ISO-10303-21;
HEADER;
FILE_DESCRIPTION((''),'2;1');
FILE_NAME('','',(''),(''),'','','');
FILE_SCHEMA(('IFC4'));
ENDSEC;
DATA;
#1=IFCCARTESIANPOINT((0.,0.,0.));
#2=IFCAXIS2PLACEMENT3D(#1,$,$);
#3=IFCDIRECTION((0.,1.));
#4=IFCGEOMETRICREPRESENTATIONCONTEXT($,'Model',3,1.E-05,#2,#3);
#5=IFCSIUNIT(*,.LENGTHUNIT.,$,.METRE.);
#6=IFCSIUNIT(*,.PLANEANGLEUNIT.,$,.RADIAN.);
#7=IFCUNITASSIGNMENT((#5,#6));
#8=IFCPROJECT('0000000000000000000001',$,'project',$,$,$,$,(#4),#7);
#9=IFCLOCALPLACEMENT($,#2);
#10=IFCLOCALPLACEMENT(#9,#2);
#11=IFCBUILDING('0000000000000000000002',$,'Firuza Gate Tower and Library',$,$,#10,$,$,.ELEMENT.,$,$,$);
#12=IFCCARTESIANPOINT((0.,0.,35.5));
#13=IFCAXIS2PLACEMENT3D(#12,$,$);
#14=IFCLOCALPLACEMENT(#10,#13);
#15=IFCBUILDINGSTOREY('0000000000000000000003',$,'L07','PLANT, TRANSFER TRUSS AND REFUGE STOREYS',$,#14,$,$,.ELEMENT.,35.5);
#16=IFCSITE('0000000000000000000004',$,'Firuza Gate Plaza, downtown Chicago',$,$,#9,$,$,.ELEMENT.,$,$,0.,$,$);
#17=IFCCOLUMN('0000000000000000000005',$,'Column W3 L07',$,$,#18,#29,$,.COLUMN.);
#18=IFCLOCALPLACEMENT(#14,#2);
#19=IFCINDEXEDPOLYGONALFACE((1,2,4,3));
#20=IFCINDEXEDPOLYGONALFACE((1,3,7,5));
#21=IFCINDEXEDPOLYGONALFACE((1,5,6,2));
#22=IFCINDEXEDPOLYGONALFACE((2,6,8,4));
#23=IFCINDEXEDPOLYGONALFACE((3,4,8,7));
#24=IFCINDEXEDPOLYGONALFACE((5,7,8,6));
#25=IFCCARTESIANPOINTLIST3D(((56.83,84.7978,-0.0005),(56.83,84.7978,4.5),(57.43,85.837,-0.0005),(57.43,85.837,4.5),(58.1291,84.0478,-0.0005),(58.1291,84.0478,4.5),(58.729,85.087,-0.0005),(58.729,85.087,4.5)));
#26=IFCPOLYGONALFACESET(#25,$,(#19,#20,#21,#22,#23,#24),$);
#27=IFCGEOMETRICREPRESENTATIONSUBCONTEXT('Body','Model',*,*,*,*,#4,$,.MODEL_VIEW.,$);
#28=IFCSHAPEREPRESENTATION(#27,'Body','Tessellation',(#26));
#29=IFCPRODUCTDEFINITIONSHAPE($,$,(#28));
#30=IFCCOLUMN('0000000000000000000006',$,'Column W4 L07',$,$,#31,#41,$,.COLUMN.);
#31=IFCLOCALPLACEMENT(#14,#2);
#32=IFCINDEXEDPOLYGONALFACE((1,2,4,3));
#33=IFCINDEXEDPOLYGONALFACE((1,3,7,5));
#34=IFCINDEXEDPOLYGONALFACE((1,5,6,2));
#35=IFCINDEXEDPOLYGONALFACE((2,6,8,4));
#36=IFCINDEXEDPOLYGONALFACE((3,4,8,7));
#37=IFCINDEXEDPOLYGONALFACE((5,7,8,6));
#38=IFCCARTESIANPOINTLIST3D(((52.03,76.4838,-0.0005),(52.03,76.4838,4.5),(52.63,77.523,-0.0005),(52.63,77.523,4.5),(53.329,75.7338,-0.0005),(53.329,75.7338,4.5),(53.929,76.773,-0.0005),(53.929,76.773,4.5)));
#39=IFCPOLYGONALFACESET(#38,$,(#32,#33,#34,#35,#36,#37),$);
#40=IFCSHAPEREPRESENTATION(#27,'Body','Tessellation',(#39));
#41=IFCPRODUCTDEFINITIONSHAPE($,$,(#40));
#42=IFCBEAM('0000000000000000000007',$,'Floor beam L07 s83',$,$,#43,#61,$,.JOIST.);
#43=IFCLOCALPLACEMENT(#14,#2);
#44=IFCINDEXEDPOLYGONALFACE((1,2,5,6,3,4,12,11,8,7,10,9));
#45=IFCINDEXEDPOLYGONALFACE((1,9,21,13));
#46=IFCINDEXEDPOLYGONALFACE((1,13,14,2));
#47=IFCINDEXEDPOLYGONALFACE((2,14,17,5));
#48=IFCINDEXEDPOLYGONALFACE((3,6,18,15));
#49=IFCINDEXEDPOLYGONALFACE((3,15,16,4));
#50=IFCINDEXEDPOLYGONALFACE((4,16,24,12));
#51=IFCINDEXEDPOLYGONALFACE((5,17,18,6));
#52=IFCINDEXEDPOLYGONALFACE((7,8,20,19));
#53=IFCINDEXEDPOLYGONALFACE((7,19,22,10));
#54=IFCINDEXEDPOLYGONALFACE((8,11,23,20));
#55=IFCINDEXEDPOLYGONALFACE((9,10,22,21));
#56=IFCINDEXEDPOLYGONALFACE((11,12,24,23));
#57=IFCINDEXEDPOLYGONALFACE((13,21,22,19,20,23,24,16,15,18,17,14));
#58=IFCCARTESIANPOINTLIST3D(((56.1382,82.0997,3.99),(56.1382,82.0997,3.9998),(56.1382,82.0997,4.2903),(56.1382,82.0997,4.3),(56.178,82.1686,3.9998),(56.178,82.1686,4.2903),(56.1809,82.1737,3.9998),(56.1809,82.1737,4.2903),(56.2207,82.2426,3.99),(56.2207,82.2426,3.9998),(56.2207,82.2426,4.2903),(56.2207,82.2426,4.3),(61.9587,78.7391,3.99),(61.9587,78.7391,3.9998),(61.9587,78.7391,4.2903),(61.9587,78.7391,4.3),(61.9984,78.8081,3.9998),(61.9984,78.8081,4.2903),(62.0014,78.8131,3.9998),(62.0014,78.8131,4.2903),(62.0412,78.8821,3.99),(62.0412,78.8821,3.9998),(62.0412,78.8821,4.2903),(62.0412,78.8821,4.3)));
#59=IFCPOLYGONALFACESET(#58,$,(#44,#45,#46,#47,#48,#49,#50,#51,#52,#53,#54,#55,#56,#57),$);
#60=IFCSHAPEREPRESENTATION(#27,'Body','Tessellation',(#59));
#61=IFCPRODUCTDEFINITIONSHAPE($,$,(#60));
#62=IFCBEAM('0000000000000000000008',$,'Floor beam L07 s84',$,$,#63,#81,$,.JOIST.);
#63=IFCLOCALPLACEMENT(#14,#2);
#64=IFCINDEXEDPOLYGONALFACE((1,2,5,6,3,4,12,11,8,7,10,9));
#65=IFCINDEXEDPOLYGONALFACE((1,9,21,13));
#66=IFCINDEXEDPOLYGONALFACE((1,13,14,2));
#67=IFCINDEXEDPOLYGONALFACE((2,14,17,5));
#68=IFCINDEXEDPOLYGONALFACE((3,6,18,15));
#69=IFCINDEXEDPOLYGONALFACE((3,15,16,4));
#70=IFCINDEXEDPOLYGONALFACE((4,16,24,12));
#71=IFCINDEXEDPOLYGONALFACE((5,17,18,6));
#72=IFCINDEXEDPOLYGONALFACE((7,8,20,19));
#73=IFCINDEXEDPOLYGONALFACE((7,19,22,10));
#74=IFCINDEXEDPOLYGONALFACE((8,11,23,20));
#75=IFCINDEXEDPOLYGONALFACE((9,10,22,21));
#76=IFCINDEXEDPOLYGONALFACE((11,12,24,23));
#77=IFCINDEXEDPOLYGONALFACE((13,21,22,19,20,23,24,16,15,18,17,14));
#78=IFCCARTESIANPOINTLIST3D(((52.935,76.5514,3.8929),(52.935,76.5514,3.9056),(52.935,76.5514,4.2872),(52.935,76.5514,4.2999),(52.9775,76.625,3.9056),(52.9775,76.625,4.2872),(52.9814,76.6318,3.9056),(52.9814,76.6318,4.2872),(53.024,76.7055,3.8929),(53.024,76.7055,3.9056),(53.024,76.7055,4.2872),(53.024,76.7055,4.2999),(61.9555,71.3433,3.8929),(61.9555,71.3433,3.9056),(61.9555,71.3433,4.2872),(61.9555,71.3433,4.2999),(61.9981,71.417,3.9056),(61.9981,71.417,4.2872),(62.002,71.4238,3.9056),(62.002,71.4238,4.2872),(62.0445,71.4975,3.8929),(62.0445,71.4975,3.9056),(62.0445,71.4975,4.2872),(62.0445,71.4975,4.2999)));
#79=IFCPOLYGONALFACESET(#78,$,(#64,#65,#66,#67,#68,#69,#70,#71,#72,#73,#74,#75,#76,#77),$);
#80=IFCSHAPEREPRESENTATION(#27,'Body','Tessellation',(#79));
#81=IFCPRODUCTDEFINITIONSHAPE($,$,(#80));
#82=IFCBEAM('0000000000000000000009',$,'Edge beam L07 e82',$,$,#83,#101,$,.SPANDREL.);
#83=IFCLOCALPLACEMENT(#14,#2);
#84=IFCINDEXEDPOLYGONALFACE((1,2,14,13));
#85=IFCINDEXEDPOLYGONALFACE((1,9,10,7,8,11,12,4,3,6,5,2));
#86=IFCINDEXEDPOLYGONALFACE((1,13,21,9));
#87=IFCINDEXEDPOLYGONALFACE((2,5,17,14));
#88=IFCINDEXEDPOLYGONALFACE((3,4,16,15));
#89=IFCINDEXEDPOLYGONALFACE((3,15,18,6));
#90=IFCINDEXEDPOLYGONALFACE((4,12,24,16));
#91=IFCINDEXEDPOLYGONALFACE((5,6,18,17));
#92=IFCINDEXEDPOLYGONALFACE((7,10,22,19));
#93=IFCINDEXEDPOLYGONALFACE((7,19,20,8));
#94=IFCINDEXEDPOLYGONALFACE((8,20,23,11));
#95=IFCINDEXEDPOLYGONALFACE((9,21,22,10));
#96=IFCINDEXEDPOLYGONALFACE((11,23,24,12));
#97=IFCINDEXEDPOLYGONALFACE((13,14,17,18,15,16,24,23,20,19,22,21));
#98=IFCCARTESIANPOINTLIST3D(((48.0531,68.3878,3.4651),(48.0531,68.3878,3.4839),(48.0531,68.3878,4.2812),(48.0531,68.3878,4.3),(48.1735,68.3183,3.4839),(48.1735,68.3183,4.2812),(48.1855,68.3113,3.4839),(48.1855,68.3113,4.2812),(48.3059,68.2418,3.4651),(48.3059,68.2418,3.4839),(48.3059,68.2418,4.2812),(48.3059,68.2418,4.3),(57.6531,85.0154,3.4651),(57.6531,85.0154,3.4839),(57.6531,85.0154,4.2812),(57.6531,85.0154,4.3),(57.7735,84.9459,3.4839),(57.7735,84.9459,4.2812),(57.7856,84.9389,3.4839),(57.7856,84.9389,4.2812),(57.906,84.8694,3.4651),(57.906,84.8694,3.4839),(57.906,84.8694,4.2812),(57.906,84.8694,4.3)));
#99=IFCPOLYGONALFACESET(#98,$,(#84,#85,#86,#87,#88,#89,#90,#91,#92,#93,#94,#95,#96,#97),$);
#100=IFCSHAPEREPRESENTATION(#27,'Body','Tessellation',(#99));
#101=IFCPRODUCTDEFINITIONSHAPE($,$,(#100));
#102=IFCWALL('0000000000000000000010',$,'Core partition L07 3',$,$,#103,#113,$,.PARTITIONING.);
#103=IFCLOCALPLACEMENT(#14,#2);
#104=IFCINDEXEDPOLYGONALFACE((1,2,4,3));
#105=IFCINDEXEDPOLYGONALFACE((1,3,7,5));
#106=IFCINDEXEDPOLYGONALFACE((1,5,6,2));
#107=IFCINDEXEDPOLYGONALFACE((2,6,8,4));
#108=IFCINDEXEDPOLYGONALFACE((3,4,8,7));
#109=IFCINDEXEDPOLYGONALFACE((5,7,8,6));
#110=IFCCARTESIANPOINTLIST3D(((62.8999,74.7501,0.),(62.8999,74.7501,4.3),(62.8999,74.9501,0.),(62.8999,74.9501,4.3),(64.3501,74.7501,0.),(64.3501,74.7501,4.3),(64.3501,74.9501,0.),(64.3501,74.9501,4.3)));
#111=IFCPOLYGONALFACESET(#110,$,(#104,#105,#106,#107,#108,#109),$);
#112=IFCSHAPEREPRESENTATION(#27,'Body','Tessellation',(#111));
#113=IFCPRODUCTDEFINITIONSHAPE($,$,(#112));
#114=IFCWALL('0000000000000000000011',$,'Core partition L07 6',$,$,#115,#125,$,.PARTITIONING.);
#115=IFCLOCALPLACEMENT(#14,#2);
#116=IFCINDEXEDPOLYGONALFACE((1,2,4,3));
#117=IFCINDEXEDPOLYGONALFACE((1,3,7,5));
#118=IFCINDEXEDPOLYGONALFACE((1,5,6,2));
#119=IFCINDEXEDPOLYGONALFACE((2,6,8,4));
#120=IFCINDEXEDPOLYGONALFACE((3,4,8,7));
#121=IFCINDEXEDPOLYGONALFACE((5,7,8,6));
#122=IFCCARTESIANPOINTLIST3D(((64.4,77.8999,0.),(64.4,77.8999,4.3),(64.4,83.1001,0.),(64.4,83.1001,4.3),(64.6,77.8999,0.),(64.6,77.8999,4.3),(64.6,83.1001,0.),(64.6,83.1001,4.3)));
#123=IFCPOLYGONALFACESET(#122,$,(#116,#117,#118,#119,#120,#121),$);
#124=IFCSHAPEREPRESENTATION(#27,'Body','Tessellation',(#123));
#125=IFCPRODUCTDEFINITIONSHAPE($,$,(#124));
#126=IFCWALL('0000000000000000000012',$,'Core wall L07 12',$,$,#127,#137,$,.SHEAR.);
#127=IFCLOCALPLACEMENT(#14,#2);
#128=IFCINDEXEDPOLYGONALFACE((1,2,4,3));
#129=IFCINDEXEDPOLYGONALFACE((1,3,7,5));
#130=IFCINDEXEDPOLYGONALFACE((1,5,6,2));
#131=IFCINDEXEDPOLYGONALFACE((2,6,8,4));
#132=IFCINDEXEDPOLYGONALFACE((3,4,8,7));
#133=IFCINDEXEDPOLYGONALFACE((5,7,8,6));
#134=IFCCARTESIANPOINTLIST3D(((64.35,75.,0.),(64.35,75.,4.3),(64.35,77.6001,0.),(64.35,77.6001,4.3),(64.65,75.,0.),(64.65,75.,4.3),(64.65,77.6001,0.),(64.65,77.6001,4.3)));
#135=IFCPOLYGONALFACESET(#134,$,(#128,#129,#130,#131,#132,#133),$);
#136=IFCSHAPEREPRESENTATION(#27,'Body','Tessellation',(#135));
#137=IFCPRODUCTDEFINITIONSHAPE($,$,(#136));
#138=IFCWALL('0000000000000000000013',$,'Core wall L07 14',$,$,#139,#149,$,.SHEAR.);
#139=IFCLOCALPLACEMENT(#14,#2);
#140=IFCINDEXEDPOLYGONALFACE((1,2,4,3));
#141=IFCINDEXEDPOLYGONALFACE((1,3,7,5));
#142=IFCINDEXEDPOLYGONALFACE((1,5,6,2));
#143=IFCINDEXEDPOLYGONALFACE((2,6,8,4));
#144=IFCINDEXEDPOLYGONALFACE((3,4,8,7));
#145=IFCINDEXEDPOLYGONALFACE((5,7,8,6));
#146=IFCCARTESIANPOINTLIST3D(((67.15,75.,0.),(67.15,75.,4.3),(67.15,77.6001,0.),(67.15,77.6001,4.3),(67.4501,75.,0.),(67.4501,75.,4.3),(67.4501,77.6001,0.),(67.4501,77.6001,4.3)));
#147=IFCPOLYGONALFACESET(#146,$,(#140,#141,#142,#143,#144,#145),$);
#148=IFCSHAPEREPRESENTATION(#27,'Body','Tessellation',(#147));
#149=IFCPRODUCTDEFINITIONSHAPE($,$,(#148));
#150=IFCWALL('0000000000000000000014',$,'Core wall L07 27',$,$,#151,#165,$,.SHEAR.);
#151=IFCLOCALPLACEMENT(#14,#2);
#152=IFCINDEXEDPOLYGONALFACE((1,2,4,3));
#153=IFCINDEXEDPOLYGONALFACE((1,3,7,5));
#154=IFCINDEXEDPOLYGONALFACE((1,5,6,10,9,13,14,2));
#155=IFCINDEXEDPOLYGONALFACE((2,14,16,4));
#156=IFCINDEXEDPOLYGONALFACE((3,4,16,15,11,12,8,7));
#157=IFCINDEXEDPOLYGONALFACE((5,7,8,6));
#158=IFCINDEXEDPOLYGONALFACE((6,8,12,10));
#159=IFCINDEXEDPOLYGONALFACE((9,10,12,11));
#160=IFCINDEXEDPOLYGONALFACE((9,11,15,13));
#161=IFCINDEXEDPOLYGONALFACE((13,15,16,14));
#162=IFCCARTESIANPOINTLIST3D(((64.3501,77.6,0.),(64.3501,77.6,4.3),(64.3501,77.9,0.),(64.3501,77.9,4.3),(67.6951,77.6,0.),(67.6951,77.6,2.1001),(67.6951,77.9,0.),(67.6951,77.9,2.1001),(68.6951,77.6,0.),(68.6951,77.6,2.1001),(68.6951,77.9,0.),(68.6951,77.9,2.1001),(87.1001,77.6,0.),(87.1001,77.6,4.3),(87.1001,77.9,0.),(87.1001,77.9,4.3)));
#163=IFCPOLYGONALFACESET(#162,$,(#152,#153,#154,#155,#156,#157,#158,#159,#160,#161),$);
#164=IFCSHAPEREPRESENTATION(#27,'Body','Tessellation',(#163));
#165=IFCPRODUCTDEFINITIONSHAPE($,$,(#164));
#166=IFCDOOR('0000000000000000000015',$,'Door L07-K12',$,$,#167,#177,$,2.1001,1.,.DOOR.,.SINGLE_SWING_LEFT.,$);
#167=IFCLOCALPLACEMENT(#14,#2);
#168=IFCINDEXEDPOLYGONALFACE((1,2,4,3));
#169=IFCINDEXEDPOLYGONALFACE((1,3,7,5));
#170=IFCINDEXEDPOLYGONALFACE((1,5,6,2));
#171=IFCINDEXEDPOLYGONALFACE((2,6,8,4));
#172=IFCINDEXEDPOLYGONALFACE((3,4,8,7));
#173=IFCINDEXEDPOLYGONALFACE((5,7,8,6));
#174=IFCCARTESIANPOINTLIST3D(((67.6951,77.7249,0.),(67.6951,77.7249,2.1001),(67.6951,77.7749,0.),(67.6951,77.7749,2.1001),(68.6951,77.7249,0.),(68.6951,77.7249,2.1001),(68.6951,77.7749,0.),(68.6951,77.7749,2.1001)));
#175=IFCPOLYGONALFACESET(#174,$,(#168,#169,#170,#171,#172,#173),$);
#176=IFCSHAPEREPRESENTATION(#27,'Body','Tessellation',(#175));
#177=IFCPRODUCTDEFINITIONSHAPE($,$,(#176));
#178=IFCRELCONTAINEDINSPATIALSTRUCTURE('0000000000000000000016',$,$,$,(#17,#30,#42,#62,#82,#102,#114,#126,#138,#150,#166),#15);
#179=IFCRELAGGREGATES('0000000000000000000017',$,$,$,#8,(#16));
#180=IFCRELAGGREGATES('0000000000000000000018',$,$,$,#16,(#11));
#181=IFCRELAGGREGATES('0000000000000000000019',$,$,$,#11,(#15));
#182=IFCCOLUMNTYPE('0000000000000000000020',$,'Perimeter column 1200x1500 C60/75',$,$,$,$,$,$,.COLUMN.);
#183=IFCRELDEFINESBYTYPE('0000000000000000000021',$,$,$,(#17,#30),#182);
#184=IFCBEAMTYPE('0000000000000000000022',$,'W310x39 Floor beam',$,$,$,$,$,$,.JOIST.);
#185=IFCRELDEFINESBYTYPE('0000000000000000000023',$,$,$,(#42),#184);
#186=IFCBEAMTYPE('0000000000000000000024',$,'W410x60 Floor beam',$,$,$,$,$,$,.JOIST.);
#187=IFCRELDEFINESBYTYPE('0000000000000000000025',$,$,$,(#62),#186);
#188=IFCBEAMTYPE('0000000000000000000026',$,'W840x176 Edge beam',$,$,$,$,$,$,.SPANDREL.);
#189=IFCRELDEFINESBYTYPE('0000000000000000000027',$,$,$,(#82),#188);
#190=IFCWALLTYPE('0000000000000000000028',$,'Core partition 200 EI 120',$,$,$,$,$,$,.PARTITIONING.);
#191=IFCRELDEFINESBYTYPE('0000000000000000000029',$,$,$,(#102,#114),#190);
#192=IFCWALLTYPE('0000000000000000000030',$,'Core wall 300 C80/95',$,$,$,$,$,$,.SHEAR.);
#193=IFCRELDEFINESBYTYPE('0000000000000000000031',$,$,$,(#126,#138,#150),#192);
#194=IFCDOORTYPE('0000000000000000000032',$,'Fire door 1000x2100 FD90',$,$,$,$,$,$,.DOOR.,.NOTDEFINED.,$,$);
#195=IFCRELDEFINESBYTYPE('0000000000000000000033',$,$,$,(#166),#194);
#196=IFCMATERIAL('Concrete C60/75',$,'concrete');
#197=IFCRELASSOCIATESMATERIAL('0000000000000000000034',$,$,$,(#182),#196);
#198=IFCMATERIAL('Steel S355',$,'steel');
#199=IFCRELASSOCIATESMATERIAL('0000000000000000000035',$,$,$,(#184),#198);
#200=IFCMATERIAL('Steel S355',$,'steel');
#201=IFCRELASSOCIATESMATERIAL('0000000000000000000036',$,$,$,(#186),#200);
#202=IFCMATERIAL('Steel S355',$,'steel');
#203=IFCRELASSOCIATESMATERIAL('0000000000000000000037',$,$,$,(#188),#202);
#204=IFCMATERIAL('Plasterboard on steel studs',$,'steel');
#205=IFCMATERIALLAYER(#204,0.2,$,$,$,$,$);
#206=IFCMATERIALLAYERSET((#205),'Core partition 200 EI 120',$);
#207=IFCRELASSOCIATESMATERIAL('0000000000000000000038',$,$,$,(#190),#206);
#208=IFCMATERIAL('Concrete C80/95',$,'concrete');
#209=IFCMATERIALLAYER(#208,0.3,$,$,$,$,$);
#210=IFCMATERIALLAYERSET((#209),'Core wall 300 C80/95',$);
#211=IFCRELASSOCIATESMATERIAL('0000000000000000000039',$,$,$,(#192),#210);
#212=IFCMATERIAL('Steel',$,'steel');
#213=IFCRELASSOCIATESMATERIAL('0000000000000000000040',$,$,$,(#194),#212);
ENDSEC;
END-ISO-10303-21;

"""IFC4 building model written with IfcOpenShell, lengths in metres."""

from ifc_helpers import new_model, si_unit, direction, frame, frame_2d, origin, origin_2d, place, context, subcontext, project, spatial, rectangle, i_section, extrude, material, layer, layer_set, material_profile, profile_set, type_object, element, fill, save


model = new_model("IFC4")

# Units and contexts
model_context = context("Model", 3, precision=1e-05, world=origin(), true_north=direction((0.0, 1.0)))
body_context = subcontext(model_context, "Body", "Model", "MODEL_VIEW")
ifc_project = project(units=[si_unit("LENGTHUNIT", "METRE"), si_unit("PLANEANGLEUNIT", "RADIAN")], contexts=[model_context])

# Site, building, storey
site_placement = place(None, origin())
site = spatial("IfcSite", under=ifc_project, at=site_placement, Name="Firuza Gate Plaza, downtown Chicago", CompositionType="ELEMENT", RefElevation=0.0)
building_placement = place(site_placement, origin())
building = spatial("IfcBuilding", under=site, at=building_placement, Name="Firuza Gate Tower and Library", CompositionType="ELEMENT")
storey_placement = place(building_placement, frame((0.0, 0.0, 35.5)))
storey = spatial("IfcBuildingStorey", under=building, at=storey_placement, Name="L07", Description="PLANT, TRANSFER TRUSS AND REFUGE STOREYS", CompositionType="ELEMENT", Elevation=35.5)

# Columns
ifc_material_1 = material(Name="Concrete C60/75", Category="concrete")
ifc_material_profile_1 = material_profile(ifc_material_1, rectangle(XDim=1.2, YDim=1.5, at=origin_2d()))
ifc_profile_set_1 = profile_set([ifc_material_profile_1], Name="Concrete C60/75")
column_type = type_object("IfcColumnType", Name="Perimeter column 1200x1500 C60/75", PredefinedType="COLUMN", material=ifc_profile_set_1)
for number, where, z_axis, x_axis, name in (
    (1, (57.7795, 84.9424, -0.0005), (0.0, 0.0, 1.0), (-0.5, -0.866025, 0.0), "Column W3 L07"),
    (2, (52.9795, 76.6284, -0.0005), (0.0, 0.0, 1.0), (-0.5, -0.866025, 0.0), "Column W4 L07"),
):
    element("IfcColumn", number, at=place(storey_placement, frame(where, z_axis=z_axis, x_axis=x_axis)), inside=storey, type_object=column_type, Name=name, PredefinedType="COLUMN", context=body_context, shape_type="SweptSolid", body=[
        extrude(rectangle(XDim=1.2, YDim=1.5, at=origin_2d()), origin(), (0.0, 0.0, 1.0), 4.5005),
    ])

# Beams
ifc_material_2 = material(Name="Steel S355", Category="steel")
ifc_material_profile_2 = material_profile(ifc_material_2, i_section(OverallWidth=0.165, OverallDepth=0.3101, WebThickness=0.0059, FlangeThickness=0.0098, at=origin_2d()))
ifc_profile_set_2 = profile_set([ifc_material_profile_2], Name="Steel S355")
beam_type_1 = type_object("IfcBeamType", Name="W310x39 Floor beam", PredefinedType="JOIST", material=ifc_profile_set_2)
beam_1_placement = place(storey_placement, frame((56.1794, 82.1711, 4.145), z_axis=(0.866019, -0.500011, 0.0), x_axis=(0.500011, 0.866019, 0.0)))
element("IfcBeam", 3, at=beam_1_placement, inside=storey, type_object=beam_type_1, Name="Floor beam L07 s83", PredefinedType="JOIST", context=body_context, shape_type="SweptSolid", body=[
    extrude(i_section(OverallWidth=0.165, OverallDepth=0.3101, WebThickness=0.0059, FlangeThickness=0.0098, at=origin_2d()), origin(), (0.0, 0.0, 1.0), 6.7209),
])
ifc_material_3 = material(Name="Steel S355", Category="steel")
ifc_material_profile_3 = material_profile(ifc_material_3, i_section(OverallWidth=0.178, OverallDepth=0.407, WebThickness=0.0078, FlangeThickness=0.0127, at=origin_2d()))
ifc_profile_set_3 = profile_set([ifc_material_profile_3], Name="Steel S355")
beam_type_2 = type_object("IfcBeamType", Name="W410x60 Floor beam", PredefinedType="JOIST", material=ifc_profile_set_3)
beam_2_placement = place(storey_placement, frame((52.9795, 76.6284, 4.0964), z_axis=(0.866025, -0.500001, 0.0), x_axis=(0.500001, 0.866025, 0.0)))
element("IfcBeam", 4, at=beam_2_placement, inside=storey, type_object=beam_type_2, Name="Floor beam L07 s84", PredefinedType="JOIST", context=body_context, shape_type="SweptSolid", body=[
    extrude(i_section(OverallWidth=0.178, OverallDepth=0.407, WebThickness=0.0078, FlangeThickness=0.0127, at=origin_2d()), origin(), (0.0, 0.0, 1.0), 10.416),
])
ifc_material_4 = material(Name="Steel S355", Category="steel")
ifc_material_profile_4 = material_profile(ifc_material_4, i_section(OverallWidth=0.292, OverallDepth=0.835, WebThickness=0.0139, FlangeThickness=0.0188, at=origin_2d()))
ifc_profile_set_4 = profile_set([ifc_material_profile_4], Name="Steel S355")
beam_type_3 = type_object("IfcBeamType", Name="W840x176 Edge beam", PredefinedType="SPANDREL", material=ifc_profile_set_4)
beam_3_placement = place(storey_placement, frame((57.7795, 84.9424, 3.8826), z_axis=(-0.500004, -0.866023, 0.0), x_axis=(0.866023, -0.500004, 0.0)))
element("IfcBeam", 5, at=beam_3_placement, inside=storey, type_object=beam_type_3, Name="Edge beam L07 e82", PredefinedType="SPANDREL", context=body_context, shape_type="SweptSolid", body=[
    extrude(i_section(OverallWidth=0.292, OverallDepth=0.835, WebThickness=0.0139, FlangeThickness=0.0188, at=origin_2d()), origin(), (0.0, 0.0, 1.0), 19.2),
])

# Walls
ifc_material_5 = material(Name="Plasterboard on steel studs", Category="steel")
ifc_layer_1 = layer(ifc_material_5, 0.2)
ifc_layer_set_1 = layer_set([ifc_layer_1], Name="Core partition 200 EI 120")
wall_type_1 = type_object("IfcWallType", Name="Core partition 200 EI 120", PredefinedType="PARTITIONING", material=ifc_layer_set_1)
wall_1_placement = place(storey_placement, frame((62.8999, 74.8501, 0.0), z_axis=(0.0, 0.0, 1.0), x_axis=(1.0, 0.0, 0.0)))
element("IfcWall", 6, at=wall_1_placement, inside=storey, type_object=wall_type_1, Name="Core partition L07 3", PredefinedType="PARTITIONING", context=body_context, shape_type="SweptSolid", body=[
    extrude(rectangle(XDim=1.4502, YDim=0.2, at=frame_2d((0.7251, 0.0))), origin(), (0.0, 0.0, 1.0), 4.3),
])
wall_2_placement = place(storey_placement, frame((64.5, 77.8999, 0.0), z_axis=(0.0, 0.0, 1.0), x_axis=(0.0, 1.0, 0.0)))
element("IfcWall", 7, at=wall_2_placement, inside=storey, type_object=wall_type_1, Name="Core partition L07 6", PredefinedType="PARTITIONING", context=body_context, shape_type="SweptSolid", body=[
    extrude(rectangle(XDim=5.2002, YDim=0.2, at=frame_2d((2.6001, 0.0))), origin(), (0.0, 0.0, 1.0), 4.3),
])
ifc_material_6 = material(Name="Concrete C80/95", Category="concrete")
ifc_layer_2 = layer(ifc_material_6, 0.3)
ifc_layer_set_2 = layer_set([ifc_layer_2], Name="Core wall 300 C80/95")
wall_type_2 = type_object("IfcWallType", Name="Core wall 300 C80/95", PredefinedType="SHEAR", material=ifc_layer_set_2)
for number, where, z_axis, x_axis, name in (
    (8, (64.5, 75.0, 0.0), (0.0, 0.0, 1.0), (0.0, 1.0, 0.0), "Core wall L07 12"),
    (9, (67.3, 75.0, 0.0), (0.0, 0.0, 1.0), (0.0, 1.0, 0.0), "Core wall L07 14"),
):
    element("IfcWall", number, at=place(storey_placement, frame(where, z_axis=z_axis, x_axis=x_axis)), inside=storey, type_object=wall_type_2, Name=name, PredefinedType="SHEAR", context=body_context, shape_type="SweptSolid", body=[
        extrude(rectangle(XDim=2.6001, YDim=0.3, at=frame_2d((1.3, 0.0))), origin(), (0.0, 0.0, 1.0), 4.3),
    ])

# Wall, opening, door
wall_3_placement = place(storey_placement, frame((64.3501, 77.75, 0.0), z_axis=(0.0, 0.0, 1.0), x_axis=(1.0, 0.0, 0.0)))
wall_3 = element("IfcWall", 10, at=wall_3_placement, inside=storey, type_object=wall_type_2, Name="Core wall L07 27", PredefinedType="SHEAR", context=body_context, shape_type="SweptSolid", body=[
    extrude(rectangle(XDim=22.75, YDim=0.3, at=frame_2d((11.375, 0.0))), origin(), (0.0, 0.0, 1.0), 4.3),
])
opening_1_placement = place(wall_3_placement, frame((3.345, 0.0, 0.0)))
opening_1 = element("IfcOpeningElement", 11, at=opening_1_placement, cuts=wall_3, PredefinedType="OPENING", context=body_context, shape_type="SweptSolid", body=[
    extrude(rectangle(XDim=1.0, YDim=2.1001, at=frame_2d((0.5, 1.05))), frame((0.0, 0.1602, 0.0), z_axis=(0.0, -1.0, 0.0), x_axis=(1.0, 0.0, 0.0)), (0.0, 0.0, 1.0), 0.3201),
])
ifc_material_7 = material(Name="Steel", Category="steel")
door_type_1 = type_object("IfcDoorType", Name="Fire door 1000x2100 FD90", OperationType="NOTDEFINED", PredefinedType="DOOR", material=ifc_material_7)
door_1_placement = place(opening_1_placement, origin())
door_1 = element("IfcDoor", 12, at=door_1_placement, inside=storey, type_object=door_type_1, Name="Door L07-K12", OperationType="SINGLE_SWING_LEFT", OverallHeight=2.1001, OverallWidth=1.0, PredefinedType="DOOR", context=body_context, shape_type="SweptSolid", body=[
    extrude(rectangle(XDim=1.0, YDim=2.1001, at=frame_2d((0.5, 1.05))), frame((0.0, 0.0249, 0.0), z_axis=(0.0, -1.0, 0.0), x_axis=(1.0, 0.0, 0.0)), (0.0, 0.0, 1.0), 0.05),
])
fill(opening_1, door_1)

save(model, "model.ifc")
